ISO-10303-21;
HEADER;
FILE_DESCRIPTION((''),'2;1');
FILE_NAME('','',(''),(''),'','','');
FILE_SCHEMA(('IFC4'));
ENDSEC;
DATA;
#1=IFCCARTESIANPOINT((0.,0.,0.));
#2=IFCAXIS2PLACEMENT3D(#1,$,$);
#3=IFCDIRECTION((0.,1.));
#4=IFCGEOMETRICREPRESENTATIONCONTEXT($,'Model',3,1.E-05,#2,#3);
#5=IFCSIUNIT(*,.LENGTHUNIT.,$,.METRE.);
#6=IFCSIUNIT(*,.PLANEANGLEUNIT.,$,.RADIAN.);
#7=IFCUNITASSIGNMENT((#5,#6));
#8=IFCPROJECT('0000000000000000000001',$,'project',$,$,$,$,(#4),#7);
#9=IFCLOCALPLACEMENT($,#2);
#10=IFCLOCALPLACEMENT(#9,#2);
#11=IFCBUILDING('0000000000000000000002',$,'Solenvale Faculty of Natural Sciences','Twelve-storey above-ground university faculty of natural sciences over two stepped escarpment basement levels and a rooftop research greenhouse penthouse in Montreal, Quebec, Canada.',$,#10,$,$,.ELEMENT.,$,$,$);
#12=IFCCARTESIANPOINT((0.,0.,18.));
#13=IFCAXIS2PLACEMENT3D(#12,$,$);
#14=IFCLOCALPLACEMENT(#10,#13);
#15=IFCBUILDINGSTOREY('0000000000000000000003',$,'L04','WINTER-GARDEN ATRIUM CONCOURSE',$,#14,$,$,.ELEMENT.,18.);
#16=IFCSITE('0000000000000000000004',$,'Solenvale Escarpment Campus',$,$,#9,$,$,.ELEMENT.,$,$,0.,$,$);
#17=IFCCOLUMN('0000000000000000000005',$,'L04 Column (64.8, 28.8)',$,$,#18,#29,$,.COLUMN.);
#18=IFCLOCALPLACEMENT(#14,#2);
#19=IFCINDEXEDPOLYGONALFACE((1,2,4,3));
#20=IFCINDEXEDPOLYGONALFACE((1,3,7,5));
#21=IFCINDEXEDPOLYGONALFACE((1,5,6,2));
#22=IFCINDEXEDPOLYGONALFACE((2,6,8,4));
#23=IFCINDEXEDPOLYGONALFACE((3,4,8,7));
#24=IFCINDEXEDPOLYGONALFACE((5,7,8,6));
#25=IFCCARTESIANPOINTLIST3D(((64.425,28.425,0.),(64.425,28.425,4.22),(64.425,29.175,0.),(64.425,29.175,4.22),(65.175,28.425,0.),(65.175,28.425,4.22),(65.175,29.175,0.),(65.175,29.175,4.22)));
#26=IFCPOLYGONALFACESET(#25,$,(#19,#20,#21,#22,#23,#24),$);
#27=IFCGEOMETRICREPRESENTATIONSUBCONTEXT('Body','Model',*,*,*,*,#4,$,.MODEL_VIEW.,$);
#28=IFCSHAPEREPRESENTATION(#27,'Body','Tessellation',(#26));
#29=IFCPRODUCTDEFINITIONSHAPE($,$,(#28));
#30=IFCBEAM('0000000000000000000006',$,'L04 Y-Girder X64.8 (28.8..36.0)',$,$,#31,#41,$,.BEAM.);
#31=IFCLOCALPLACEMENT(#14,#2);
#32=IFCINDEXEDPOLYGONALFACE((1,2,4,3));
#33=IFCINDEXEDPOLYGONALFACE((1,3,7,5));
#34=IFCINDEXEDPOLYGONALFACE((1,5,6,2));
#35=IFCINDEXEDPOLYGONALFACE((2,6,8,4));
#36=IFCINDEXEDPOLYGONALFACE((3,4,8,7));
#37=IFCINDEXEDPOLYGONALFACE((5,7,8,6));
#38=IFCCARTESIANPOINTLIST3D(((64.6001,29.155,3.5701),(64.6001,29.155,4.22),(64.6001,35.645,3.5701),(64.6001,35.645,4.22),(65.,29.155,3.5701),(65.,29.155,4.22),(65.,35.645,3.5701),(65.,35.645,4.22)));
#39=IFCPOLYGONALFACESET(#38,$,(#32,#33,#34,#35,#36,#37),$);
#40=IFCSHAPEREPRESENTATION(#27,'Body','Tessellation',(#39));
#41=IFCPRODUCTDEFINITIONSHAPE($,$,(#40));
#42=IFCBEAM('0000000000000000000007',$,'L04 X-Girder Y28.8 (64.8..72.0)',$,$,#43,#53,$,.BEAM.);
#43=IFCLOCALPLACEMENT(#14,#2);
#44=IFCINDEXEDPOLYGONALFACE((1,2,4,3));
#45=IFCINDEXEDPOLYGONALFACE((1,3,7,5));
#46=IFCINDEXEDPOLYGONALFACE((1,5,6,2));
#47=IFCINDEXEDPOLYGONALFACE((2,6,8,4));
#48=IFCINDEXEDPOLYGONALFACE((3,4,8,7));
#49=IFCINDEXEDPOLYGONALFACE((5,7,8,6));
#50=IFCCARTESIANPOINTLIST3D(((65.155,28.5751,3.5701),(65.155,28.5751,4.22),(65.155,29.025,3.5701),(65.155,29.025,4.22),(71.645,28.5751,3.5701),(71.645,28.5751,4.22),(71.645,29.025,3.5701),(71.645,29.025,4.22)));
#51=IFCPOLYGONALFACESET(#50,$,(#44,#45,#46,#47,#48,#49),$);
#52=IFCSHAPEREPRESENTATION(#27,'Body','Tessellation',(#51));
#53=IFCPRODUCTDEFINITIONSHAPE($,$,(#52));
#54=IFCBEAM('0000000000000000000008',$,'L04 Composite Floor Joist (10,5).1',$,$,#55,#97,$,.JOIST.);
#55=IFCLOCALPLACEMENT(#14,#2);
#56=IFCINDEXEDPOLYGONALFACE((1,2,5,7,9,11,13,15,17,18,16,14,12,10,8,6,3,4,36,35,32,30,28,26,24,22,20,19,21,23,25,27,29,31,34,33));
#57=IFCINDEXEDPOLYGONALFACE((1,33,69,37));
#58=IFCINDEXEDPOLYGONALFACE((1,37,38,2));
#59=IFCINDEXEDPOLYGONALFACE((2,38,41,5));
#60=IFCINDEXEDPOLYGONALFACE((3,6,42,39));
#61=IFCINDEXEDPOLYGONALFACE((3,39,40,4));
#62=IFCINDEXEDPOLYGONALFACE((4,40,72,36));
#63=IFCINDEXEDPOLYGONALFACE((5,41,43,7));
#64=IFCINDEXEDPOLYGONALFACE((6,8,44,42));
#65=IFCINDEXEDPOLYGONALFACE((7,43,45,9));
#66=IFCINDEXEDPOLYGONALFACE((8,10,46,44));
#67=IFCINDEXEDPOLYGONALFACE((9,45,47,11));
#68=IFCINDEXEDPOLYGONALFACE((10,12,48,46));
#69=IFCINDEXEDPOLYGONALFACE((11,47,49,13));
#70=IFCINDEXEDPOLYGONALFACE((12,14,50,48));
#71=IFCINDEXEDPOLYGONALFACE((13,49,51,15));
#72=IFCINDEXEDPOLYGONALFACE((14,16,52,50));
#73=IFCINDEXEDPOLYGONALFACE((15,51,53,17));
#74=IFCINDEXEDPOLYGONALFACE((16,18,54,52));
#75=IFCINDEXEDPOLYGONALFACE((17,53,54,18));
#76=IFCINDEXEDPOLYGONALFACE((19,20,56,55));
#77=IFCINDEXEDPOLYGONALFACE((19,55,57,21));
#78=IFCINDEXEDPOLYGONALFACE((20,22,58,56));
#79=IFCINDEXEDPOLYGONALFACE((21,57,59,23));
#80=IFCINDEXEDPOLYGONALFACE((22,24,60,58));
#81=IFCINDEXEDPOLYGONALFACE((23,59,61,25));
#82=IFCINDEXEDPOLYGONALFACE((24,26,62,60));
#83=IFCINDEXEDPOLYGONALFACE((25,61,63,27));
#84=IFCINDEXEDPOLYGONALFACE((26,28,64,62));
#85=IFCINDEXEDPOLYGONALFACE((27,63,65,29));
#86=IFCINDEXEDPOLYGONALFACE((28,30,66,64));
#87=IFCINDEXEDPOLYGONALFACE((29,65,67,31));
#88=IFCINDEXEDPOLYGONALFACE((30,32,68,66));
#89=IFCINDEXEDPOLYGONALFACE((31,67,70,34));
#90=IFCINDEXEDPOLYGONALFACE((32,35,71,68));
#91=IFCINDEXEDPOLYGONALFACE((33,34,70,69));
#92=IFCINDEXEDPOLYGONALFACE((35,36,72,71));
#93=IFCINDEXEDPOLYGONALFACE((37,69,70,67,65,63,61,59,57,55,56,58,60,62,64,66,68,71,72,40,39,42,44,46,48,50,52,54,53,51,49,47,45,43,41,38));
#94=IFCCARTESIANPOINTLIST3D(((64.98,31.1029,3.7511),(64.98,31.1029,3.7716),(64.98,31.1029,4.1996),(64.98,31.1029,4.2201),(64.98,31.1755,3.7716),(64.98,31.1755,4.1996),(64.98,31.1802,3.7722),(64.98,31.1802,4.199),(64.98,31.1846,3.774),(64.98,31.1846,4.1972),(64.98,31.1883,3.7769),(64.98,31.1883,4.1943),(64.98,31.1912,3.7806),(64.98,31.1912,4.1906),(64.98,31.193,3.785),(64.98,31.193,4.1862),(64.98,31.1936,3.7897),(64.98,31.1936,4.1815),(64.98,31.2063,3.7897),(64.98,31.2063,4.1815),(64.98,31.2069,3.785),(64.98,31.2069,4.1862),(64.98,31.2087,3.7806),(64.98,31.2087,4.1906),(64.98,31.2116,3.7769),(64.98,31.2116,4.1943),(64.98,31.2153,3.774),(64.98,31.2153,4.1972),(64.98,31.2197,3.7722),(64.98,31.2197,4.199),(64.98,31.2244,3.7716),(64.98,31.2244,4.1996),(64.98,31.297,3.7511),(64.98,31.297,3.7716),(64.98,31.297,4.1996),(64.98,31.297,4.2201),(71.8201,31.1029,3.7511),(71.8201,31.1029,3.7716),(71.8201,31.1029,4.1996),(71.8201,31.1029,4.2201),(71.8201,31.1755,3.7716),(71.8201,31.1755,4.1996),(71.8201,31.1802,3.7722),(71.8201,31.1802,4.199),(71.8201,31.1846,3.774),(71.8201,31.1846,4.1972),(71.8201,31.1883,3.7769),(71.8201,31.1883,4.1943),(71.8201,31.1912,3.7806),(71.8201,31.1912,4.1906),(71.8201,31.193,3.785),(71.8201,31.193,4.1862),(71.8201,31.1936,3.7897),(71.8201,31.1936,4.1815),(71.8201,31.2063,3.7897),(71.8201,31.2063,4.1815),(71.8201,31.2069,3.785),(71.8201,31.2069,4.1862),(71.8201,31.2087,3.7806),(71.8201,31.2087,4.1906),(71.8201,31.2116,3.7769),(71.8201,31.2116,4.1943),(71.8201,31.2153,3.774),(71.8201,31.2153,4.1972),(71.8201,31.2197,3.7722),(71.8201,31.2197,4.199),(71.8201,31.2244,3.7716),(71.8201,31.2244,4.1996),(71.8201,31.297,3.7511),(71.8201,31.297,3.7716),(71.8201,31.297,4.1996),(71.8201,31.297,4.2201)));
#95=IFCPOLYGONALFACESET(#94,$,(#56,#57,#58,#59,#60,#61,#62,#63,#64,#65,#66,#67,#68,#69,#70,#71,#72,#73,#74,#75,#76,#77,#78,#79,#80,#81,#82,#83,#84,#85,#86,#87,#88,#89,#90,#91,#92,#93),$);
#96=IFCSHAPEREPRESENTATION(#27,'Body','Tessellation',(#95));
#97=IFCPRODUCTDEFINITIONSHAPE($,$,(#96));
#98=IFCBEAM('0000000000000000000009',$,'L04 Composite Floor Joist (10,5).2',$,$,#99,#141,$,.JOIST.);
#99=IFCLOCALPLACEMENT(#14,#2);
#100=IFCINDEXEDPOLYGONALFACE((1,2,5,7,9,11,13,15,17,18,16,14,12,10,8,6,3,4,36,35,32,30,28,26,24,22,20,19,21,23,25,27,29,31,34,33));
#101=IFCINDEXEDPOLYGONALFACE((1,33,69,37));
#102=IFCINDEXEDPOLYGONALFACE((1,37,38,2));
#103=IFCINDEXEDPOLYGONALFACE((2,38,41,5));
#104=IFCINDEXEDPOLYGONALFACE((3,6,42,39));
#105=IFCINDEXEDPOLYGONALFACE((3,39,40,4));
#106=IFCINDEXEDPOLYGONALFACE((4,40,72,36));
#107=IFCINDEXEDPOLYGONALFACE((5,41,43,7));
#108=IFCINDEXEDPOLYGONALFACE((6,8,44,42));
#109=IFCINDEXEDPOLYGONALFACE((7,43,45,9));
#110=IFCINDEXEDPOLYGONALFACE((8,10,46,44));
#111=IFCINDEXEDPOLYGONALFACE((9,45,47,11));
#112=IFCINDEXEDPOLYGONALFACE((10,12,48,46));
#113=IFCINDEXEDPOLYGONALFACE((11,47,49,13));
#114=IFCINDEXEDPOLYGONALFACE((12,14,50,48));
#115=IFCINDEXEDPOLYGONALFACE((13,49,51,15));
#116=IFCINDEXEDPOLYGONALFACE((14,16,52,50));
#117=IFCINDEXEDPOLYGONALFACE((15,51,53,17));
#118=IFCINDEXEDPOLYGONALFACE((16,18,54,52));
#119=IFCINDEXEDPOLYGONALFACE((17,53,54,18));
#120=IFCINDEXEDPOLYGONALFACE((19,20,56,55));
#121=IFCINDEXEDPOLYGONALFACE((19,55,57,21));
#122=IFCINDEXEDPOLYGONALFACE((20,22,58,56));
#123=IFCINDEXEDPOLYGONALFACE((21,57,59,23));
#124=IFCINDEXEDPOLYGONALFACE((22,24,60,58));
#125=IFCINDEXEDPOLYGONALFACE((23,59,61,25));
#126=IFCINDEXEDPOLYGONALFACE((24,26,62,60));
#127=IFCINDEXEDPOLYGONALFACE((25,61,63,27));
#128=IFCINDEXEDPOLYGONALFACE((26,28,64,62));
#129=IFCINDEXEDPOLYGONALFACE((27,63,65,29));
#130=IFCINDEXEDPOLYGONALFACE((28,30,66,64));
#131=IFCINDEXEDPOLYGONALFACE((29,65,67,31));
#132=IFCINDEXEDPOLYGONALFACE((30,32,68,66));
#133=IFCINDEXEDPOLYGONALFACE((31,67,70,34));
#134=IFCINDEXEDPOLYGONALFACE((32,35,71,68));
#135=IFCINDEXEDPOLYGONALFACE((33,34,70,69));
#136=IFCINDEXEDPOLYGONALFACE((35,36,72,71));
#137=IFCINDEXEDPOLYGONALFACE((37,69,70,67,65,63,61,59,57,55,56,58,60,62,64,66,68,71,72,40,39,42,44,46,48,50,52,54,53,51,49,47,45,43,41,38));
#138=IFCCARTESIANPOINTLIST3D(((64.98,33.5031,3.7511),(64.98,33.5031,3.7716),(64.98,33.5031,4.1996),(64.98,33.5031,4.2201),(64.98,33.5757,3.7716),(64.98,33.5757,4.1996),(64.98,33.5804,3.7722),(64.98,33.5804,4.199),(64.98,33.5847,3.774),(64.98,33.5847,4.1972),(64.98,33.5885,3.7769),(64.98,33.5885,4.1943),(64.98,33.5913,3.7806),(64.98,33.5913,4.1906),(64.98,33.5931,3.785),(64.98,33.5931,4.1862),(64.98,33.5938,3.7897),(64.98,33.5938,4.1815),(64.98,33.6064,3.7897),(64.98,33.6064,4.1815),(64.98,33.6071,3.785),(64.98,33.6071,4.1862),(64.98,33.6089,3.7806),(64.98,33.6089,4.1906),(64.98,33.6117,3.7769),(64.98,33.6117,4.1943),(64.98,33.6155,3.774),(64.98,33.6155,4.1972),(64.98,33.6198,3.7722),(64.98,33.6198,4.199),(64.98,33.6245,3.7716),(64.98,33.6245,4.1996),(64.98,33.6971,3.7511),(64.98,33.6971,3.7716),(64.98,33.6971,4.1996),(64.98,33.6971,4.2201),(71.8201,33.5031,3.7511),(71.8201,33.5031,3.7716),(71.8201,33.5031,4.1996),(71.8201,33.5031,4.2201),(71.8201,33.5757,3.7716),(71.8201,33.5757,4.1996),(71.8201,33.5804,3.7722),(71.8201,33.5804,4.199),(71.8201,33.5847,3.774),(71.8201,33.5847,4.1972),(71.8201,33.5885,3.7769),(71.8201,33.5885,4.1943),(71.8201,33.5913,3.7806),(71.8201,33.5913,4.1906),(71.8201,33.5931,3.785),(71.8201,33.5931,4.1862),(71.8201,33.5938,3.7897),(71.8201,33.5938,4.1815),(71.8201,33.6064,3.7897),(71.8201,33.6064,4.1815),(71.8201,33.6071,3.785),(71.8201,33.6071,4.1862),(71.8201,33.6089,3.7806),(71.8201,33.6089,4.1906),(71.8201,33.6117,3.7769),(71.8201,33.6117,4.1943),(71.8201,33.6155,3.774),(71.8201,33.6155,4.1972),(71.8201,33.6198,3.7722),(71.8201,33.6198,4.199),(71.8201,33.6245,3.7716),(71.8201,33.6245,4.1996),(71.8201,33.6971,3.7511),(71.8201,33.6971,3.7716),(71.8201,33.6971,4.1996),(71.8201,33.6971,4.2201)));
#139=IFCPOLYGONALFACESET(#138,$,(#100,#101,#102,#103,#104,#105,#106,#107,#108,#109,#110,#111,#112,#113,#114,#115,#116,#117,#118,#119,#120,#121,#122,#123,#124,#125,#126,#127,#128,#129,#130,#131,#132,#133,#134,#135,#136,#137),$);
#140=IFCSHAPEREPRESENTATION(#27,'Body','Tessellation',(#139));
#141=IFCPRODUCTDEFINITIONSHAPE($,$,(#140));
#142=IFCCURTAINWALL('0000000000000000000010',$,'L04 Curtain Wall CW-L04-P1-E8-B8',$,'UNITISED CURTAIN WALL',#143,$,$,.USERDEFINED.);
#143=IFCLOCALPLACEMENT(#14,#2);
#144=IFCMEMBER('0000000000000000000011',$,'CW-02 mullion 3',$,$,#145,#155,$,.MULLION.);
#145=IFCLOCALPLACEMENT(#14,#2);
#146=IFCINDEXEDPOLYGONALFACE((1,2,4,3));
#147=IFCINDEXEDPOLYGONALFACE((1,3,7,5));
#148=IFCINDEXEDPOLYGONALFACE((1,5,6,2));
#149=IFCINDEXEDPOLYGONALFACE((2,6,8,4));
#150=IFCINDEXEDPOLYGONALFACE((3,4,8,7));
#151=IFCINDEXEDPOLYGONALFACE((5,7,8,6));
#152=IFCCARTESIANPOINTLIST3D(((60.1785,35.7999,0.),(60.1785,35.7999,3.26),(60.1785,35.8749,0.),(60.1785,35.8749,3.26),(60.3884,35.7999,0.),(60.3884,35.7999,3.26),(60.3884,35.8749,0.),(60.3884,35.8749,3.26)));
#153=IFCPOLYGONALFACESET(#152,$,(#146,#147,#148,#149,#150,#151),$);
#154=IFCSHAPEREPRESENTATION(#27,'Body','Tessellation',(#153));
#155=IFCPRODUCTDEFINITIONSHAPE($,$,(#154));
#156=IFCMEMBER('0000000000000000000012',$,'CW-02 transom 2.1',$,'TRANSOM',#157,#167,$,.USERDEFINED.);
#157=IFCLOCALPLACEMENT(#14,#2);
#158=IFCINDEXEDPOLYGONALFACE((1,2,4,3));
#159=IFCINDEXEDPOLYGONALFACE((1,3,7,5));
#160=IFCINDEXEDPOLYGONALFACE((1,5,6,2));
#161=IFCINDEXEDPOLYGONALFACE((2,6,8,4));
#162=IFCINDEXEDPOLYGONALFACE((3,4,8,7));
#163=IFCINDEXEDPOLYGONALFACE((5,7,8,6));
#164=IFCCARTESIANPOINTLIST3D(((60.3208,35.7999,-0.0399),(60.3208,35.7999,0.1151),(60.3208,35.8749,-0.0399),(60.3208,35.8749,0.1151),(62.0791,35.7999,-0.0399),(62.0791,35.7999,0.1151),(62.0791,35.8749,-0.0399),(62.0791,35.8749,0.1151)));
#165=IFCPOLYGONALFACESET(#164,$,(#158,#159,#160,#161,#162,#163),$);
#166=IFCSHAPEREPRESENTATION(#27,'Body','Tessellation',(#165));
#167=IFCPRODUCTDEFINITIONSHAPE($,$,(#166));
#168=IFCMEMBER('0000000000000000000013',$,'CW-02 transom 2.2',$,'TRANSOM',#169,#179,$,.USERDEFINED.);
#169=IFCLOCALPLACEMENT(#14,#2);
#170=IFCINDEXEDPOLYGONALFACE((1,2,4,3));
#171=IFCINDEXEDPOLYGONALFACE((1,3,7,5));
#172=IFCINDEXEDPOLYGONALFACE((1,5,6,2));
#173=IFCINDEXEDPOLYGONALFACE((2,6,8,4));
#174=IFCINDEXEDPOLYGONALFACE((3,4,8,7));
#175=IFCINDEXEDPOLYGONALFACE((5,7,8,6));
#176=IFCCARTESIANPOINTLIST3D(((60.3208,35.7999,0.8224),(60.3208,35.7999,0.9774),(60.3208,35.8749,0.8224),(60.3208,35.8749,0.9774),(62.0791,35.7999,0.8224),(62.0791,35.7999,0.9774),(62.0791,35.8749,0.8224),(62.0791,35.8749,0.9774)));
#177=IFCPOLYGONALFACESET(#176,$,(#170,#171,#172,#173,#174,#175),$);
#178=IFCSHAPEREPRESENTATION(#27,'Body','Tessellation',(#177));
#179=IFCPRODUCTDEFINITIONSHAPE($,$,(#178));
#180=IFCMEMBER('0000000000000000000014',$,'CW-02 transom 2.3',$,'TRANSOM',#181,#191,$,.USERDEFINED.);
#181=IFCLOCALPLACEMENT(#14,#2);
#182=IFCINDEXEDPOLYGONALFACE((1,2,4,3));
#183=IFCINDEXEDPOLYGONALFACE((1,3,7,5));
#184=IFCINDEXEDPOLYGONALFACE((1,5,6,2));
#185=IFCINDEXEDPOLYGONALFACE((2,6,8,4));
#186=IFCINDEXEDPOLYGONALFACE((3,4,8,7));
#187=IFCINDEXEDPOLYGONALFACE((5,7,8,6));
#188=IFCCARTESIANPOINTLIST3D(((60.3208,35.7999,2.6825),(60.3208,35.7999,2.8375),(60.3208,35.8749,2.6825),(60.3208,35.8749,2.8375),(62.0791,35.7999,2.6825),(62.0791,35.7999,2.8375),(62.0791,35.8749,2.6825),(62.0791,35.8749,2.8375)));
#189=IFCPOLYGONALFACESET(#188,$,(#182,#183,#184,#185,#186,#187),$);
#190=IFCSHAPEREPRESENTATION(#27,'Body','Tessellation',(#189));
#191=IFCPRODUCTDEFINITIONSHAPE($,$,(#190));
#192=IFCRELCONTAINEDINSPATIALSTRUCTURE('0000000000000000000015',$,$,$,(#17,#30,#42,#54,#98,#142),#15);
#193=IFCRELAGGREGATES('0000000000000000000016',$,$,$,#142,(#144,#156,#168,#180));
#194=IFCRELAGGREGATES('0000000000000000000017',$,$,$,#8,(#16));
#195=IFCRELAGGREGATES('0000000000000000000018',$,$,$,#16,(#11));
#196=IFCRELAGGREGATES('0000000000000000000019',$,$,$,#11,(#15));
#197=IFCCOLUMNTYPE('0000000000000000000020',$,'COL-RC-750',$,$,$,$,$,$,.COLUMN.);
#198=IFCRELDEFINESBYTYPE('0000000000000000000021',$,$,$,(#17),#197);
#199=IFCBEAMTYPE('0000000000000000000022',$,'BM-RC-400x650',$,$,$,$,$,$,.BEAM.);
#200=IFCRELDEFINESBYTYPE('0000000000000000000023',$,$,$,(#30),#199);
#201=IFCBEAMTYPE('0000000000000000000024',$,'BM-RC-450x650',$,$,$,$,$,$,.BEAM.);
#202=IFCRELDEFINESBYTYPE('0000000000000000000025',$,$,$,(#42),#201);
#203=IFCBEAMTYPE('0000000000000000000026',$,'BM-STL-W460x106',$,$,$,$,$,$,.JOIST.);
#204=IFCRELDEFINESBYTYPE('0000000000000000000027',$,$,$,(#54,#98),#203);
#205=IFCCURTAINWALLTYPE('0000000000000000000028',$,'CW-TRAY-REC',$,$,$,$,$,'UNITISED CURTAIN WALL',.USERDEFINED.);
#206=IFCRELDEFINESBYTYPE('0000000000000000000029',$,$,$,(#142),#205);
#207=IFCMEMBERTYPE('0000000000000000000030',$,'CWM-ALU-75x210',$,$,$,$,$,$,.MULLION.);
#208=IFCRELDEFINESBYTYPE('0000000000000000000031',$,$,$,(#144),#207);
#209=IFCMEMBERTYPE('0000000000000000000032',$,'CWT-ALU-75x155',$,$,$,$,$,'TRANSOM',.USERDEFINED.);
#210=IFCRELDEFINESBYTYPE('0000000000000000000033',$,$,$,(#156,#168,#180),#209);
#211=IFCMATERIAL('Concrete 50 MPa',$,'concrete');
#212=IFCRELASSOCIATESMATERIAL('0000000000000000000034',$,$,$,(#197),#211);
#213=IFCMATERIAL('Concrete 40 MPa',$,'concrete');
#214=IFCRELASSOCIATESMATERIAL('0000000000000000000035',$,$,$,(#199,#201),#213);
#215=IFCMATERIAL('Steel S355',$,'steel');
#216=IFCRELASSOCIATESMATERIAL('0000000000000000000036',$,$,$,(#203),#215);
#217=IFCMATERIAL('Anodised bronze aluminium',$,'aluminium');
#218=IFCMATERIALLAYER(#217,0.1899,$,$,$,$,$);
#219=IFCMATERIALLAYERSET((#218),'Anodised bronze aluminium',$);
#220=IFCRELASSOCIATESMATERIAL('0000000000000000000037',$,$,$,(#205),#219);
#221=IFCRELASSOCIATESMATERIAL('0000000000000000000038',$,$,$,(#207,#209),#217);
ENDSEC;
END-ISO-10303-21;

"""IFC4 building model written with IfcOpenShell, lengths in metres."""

from ifc_helpers import new_model, si_unit, direction, frame, origin, origin_2d, place, context, subcontext, project, spatial, rectangle, i_section, extrude, material, layer, layer_set, material_profile, profile_set, type_object, element, aggregate, save


model = new_model("IFC4")

# Units and contexts
model_context = context("Model", 3, precision=1e-05, world=origin(), true_north=direction((0.0, 1.0)))
body_context = subcontext(model_context, "Body", "Model", "MODEL_VIEW")
ifc_project = project(units=[si_unit("LENGTHUNIT", "METRE"), si_unit("PLANEANGLEUNIT", "RADIAN")], contexts=[model_context])

# Site, building, storey
site_placement = place(None, origin())
site = spatial("IfcSite", under=ifc_project, at=site_placement, Name="Solenvale Escarpment Campus", CompositionType="ELEMENT", RefElevation=0.0)
building_placement = place(site_placement, origin())
building = spatial("IfcBuilding", under=site, at=building_placement, Name="Solenvale Faculty of Natural Sciences", Description="Twelve-storey above-ground university faculty of natural sciences over two stepped escarpment basement levels and a rooftop research greenhouse penthouse in Montreal, Quebec, Canada.", CompositionType="ELEMENT")
storey_placement = place(building_placement, frame((0.0, 0.0, 18.0)))
storey = spatial("IfcBuildingStorey", under=building, at=storey_placement, Name="L04", Description="WINTER-GARDEN ATRIUM CONCOURSE", CompositionType="ELEMENT", Elevation=18.0)

# Column
ifc_material_1 = material(Name="Concrete 50 MPa", Category="concrete")
ifc_material_profile_1 = material_profile(ifc_material_1, rectangle(XDim=0.75, YDim=0.75, at=origin_2d()), Name="RC-COL-750x750")
ifc_profile_set_1 = profile_set([ifc_material_profile_1], Name="Concrete 50 MPa")
column_type = type_object("IfcColumnType", Name="COL-RC-750", PredefinedType="COLUMN", material=ifc_profile_set_1)
column_placement = place(storey_placement, frame((64.8, 28.8, 0.0), z_axis=(0.0, 0.0, 1.0), x_axis=(1.0, 0.0, 0.0)))
element("IfcColumn", 1, at=column_placement, inside=storey, type_object=column_type, Name="L04 Column (64.8, 28.8)", PredefinedType="COLUMN", context=body_context, shape_type="SweptSolid", body=[
    extrude(rectangle(XDim=0.75, YDim=0.75, at=origin_2d()), origin(), (0.0, 0.0, 1.0), 4.22),
])

# Beams
ifc_material_2 = material(Name="Concrete 40 MPa", Category="concrete")
ifc_material_profile_2 = material_profile(ifc_material_2, rectangle(XDim=0.3999, YDim=0.6499, at=origin_2d()), Name="RC-BM-400x650")
ifc_profile_set_2 = profile_set([ifc_material_profile_2], Name="Concrete 40 MPa")
beam_type_1 = type_object("IfcBeamType", Name="BM-RC-400x650", PredefinedType="BEAM", material=ifc_profile_set_2)
beam_1_placement = place(storey_placement, frame((64.8, 29.155, 3.895), z_axis=(0.0, 1.0, 0.0), x_axis=(-1.0, 0.0, 0.0)))
element("IfcBeam", 2, at=beam_1_placement, inside=storey, type_object=beam_type_1, Name="L04 Y-Girder X64.8 (28.8..36.0)", PredefinedType="BEAM", context=body_context, shape_type="SweptSolid", body=[
    extrude(rectangle(XDim=0.3999, YDim=0.6499, at=origin_2d()), origin(), (0.0, 0.0, 1.0), 6.49),
])
ifc_material_profile_3 = material_profile(ifc_material_2, rectangle(XDim=0.45, YDim=0.6499, at=origin_2d()), Name="RC-BM-450x650")
ifc_profile_set_3 = profile_set([ifc_material_profile_3], Name="Concrete 40 MPa")
beam_type_2 = type_object("IfcBeamType", Name="BM-RC-450x650", PredefinedType="BEAM", material=ifc_profile_set_3)
beam_2_placement = place(storey_placement, frame((65.155, 28.8, 3.895), z_axis=(1.0, 0.0, 0.0), x_axis=(0.0, 1.0, 0.0)))
element("IfcBeam", 3, at=beam_2_placement, inside=storey, type_object=beam_type_2, Name="L04 X-Girder Y28.8 (64.8..72.0)", PredefinedType="BEAM", context=body_context, shape_type="SweptSolid", body=[
    extrude(rectangle(XDim=0.45, YDim=0.6499, at=origin_2d()), origin(), (0.0, 0.0, 1.0), 6.49),
])
ifc_material_3 = material(Name="Steel S355", Category="steel")
ifc_material_profile_4 = material_profile(ifc_material_3, i_section(OverallWidth=0.1941, OverallDepth=0.469, WebThickness=0.0127, FlangeThickness=0.0205, FilletRadius=0.0181, at=origin_2d()), Name="W460x106")
ifc_profile_set_4 = profile_set([ifc_material_profile_4], Name="Steel S355")
beam_type_3 = type_object("IfcBeamType", Name="BM-STL-W460x106", PredefinedType="JOIST", material=ifc_profile_set_4)
for number, where, z_axis, x_axis, name in (
    (4, (64.98, 31.2, 3.9856), (1.0, 0.0, 0.0), (0.0, 1.0, 0.0), "L04 Composite Floor Joist (10,5).1"),
    (5, (64.98, 33.6001, 3.9856), (1.0, 0.0, 0.0), (0.0, 1.0, 0.0), "L04 Composite Floor Joist (10,5).2"),
):
    element("IfcBeam", number, at=place(storey_placement, frame(where, z_axis=z_axis, x_axis=x_axis)), inside=storey, type_object=beam_type_3, Name=name, PredefinedType="JOIST", context=body_context, shape_type="SweptSolid", body=[
        extrude(i_section(OverallWidth=0.1941, OverallDepth=0.469, WebThickness=0.0127, FlangeThickness=0.0205, FilletRadius=0.0181, at=origin_2d()), origin(), (0.0, 0.0, 1.0), 6.8401),
    ])

# Curtain wall, members
ifc_material_4 = material(Name="Anodised bronze aluminium", Category="aluminium")
ifc_layer_1 = layer(ifc_material_4, 0.1899)
ifc_layer_set_1 = layer_set([ifc_layer_1], Name="Anodised bronze aluminium")
curtain_wall_type = type_object("IfcCurtainWallType", Name="CW-TRAY-REC", ElementType="UNITISED CURTAIN WALL", PredefinedType="USERDEFINED", material=ifc_layer_set_1)
curtain_wall_placement = place(storey_placement, origin())
curtain_wall = element("IfcCurtainWall", 6, at=curtain_wall_placement, inside=storey, type_object=curtain_wall_type, Name="L04 Curtain Wall CW-L04-P1-E8-B8", ObjectType="UNITISED CURTAIN WALL", PredefinedType="USERDEFINED")
ifc_material_profile_5 = material_profile(ifc_material_4, rectangle(XDim=0.075, YDim=0.21, at=origin_2d()), Name="ALU-MUL-75x210")
ifc_profile_set_5 = profile_set([ifc_material_profile_5], Name="Anodised bronze aluminium")
member_type_1 = type_object("IfcMemberType", Name="CWM-ALU-75x210", PredefinedType="MULLION", material=ifc_profile_set_5)
member_1_placement = place(storey_placement, frame((60.2834, 35.8374, 0.0), z_axis=(0.0, 0.0, 1.0), x_axis=(0.0, -1.0, 0.0)))
member_1 = element("IfcMember", 7, at=member_1_placement, type_object=member_type_1, Name="CW-02 mullion 3", PredefinedType="MULLION", context=body_context, shape_type="SweptSolid", body=[
    extrude(rectangle(XDim=0.075, YDim=0.21, at=origin_2d()), origin(), (0.0, 0.0, 1.0), 3.26),
])
ifc_material_profile_6 = material_profile(ifc_material_4, rectangle(XDim=0.075, YDim=0.155, at=origin_2d()), Name="ALU-TRN-75x155")
ifc_profile_set_6 = profile_set([ifc_material_profile_6], Name="Anodised bronze aluminium")
member_type_2 = type_object("IfcMemberType", Name="CWT-ALU-75x155", ElementType="TRANSOM", PredefinedType="USERDEFINED", material=ifc_profile_set_6)
member_2_placement = place(storey_placement, frame((62.0791, 35.8374, 0.0376), z_axis=(-1.0, 0.0, 0.0), x_axis=(0.0, -1.0, 0.0)))
member_2 = element("IfcMember", 8, at=member_2_placement, type_object=member_type_2, Name="CW-02 transom 2.1", ObjectType="TRANSOM", PredefinedType="USERDEFINED", context=body_context, shape_type="SweptSolid", body=[
    extrude(rectangle(XDim=0.075, YDim=0.155, at=origin_2d()), origin(), (0.0, 0.0, 1.0), 1.7583),
])
member_3_placement = place(storey_placement, frame((62.0791, 35.8374, 0.8999), z_axis=(-1.0, 0.0, 0.0), x_axis=(0.0, -1.0, 0.0)))
member_3 = element("IfcMember", 9, at=member_3_placement, type_object=member_type_2, Name="CW-02 transom 2.2", ObjectType="TRANSOM", PredefinedType="USERDEFINED", context=body_context, shape_type="SweptSolid", body=[
    extrude(rectangle(XDim=0.075, YDim=0.155, at=origin_2d()), origin(), (0.0, 0.0, 1.0), 1.7583),
])
member_4_placement = place(storey_placement, frame((62.0791, 35.8374, 2.76), z_axis=(-1.0, 0.0, 0.0), x_axis=(0.0, -1.0, 0.0)))
member_4 = element("IfcMember", 10, at=member_4_placement, type_object=member_type_2, Name="CW-02 transom 2.3", ObjectType="TRANSOM", PredefinedType="USERDEFINED", context=body_context, shape_type="SweptSolid", body=[
    extrude(rectangle(XDim=0.075, YDim=0.155, at=origin_2d()), origin(), (0.0, 0.0, 1.0), 1.7583),
])
aggregate(curtain_wall, [member_1, member_2, member_3, member_4])

save(model, "model.ifc")
